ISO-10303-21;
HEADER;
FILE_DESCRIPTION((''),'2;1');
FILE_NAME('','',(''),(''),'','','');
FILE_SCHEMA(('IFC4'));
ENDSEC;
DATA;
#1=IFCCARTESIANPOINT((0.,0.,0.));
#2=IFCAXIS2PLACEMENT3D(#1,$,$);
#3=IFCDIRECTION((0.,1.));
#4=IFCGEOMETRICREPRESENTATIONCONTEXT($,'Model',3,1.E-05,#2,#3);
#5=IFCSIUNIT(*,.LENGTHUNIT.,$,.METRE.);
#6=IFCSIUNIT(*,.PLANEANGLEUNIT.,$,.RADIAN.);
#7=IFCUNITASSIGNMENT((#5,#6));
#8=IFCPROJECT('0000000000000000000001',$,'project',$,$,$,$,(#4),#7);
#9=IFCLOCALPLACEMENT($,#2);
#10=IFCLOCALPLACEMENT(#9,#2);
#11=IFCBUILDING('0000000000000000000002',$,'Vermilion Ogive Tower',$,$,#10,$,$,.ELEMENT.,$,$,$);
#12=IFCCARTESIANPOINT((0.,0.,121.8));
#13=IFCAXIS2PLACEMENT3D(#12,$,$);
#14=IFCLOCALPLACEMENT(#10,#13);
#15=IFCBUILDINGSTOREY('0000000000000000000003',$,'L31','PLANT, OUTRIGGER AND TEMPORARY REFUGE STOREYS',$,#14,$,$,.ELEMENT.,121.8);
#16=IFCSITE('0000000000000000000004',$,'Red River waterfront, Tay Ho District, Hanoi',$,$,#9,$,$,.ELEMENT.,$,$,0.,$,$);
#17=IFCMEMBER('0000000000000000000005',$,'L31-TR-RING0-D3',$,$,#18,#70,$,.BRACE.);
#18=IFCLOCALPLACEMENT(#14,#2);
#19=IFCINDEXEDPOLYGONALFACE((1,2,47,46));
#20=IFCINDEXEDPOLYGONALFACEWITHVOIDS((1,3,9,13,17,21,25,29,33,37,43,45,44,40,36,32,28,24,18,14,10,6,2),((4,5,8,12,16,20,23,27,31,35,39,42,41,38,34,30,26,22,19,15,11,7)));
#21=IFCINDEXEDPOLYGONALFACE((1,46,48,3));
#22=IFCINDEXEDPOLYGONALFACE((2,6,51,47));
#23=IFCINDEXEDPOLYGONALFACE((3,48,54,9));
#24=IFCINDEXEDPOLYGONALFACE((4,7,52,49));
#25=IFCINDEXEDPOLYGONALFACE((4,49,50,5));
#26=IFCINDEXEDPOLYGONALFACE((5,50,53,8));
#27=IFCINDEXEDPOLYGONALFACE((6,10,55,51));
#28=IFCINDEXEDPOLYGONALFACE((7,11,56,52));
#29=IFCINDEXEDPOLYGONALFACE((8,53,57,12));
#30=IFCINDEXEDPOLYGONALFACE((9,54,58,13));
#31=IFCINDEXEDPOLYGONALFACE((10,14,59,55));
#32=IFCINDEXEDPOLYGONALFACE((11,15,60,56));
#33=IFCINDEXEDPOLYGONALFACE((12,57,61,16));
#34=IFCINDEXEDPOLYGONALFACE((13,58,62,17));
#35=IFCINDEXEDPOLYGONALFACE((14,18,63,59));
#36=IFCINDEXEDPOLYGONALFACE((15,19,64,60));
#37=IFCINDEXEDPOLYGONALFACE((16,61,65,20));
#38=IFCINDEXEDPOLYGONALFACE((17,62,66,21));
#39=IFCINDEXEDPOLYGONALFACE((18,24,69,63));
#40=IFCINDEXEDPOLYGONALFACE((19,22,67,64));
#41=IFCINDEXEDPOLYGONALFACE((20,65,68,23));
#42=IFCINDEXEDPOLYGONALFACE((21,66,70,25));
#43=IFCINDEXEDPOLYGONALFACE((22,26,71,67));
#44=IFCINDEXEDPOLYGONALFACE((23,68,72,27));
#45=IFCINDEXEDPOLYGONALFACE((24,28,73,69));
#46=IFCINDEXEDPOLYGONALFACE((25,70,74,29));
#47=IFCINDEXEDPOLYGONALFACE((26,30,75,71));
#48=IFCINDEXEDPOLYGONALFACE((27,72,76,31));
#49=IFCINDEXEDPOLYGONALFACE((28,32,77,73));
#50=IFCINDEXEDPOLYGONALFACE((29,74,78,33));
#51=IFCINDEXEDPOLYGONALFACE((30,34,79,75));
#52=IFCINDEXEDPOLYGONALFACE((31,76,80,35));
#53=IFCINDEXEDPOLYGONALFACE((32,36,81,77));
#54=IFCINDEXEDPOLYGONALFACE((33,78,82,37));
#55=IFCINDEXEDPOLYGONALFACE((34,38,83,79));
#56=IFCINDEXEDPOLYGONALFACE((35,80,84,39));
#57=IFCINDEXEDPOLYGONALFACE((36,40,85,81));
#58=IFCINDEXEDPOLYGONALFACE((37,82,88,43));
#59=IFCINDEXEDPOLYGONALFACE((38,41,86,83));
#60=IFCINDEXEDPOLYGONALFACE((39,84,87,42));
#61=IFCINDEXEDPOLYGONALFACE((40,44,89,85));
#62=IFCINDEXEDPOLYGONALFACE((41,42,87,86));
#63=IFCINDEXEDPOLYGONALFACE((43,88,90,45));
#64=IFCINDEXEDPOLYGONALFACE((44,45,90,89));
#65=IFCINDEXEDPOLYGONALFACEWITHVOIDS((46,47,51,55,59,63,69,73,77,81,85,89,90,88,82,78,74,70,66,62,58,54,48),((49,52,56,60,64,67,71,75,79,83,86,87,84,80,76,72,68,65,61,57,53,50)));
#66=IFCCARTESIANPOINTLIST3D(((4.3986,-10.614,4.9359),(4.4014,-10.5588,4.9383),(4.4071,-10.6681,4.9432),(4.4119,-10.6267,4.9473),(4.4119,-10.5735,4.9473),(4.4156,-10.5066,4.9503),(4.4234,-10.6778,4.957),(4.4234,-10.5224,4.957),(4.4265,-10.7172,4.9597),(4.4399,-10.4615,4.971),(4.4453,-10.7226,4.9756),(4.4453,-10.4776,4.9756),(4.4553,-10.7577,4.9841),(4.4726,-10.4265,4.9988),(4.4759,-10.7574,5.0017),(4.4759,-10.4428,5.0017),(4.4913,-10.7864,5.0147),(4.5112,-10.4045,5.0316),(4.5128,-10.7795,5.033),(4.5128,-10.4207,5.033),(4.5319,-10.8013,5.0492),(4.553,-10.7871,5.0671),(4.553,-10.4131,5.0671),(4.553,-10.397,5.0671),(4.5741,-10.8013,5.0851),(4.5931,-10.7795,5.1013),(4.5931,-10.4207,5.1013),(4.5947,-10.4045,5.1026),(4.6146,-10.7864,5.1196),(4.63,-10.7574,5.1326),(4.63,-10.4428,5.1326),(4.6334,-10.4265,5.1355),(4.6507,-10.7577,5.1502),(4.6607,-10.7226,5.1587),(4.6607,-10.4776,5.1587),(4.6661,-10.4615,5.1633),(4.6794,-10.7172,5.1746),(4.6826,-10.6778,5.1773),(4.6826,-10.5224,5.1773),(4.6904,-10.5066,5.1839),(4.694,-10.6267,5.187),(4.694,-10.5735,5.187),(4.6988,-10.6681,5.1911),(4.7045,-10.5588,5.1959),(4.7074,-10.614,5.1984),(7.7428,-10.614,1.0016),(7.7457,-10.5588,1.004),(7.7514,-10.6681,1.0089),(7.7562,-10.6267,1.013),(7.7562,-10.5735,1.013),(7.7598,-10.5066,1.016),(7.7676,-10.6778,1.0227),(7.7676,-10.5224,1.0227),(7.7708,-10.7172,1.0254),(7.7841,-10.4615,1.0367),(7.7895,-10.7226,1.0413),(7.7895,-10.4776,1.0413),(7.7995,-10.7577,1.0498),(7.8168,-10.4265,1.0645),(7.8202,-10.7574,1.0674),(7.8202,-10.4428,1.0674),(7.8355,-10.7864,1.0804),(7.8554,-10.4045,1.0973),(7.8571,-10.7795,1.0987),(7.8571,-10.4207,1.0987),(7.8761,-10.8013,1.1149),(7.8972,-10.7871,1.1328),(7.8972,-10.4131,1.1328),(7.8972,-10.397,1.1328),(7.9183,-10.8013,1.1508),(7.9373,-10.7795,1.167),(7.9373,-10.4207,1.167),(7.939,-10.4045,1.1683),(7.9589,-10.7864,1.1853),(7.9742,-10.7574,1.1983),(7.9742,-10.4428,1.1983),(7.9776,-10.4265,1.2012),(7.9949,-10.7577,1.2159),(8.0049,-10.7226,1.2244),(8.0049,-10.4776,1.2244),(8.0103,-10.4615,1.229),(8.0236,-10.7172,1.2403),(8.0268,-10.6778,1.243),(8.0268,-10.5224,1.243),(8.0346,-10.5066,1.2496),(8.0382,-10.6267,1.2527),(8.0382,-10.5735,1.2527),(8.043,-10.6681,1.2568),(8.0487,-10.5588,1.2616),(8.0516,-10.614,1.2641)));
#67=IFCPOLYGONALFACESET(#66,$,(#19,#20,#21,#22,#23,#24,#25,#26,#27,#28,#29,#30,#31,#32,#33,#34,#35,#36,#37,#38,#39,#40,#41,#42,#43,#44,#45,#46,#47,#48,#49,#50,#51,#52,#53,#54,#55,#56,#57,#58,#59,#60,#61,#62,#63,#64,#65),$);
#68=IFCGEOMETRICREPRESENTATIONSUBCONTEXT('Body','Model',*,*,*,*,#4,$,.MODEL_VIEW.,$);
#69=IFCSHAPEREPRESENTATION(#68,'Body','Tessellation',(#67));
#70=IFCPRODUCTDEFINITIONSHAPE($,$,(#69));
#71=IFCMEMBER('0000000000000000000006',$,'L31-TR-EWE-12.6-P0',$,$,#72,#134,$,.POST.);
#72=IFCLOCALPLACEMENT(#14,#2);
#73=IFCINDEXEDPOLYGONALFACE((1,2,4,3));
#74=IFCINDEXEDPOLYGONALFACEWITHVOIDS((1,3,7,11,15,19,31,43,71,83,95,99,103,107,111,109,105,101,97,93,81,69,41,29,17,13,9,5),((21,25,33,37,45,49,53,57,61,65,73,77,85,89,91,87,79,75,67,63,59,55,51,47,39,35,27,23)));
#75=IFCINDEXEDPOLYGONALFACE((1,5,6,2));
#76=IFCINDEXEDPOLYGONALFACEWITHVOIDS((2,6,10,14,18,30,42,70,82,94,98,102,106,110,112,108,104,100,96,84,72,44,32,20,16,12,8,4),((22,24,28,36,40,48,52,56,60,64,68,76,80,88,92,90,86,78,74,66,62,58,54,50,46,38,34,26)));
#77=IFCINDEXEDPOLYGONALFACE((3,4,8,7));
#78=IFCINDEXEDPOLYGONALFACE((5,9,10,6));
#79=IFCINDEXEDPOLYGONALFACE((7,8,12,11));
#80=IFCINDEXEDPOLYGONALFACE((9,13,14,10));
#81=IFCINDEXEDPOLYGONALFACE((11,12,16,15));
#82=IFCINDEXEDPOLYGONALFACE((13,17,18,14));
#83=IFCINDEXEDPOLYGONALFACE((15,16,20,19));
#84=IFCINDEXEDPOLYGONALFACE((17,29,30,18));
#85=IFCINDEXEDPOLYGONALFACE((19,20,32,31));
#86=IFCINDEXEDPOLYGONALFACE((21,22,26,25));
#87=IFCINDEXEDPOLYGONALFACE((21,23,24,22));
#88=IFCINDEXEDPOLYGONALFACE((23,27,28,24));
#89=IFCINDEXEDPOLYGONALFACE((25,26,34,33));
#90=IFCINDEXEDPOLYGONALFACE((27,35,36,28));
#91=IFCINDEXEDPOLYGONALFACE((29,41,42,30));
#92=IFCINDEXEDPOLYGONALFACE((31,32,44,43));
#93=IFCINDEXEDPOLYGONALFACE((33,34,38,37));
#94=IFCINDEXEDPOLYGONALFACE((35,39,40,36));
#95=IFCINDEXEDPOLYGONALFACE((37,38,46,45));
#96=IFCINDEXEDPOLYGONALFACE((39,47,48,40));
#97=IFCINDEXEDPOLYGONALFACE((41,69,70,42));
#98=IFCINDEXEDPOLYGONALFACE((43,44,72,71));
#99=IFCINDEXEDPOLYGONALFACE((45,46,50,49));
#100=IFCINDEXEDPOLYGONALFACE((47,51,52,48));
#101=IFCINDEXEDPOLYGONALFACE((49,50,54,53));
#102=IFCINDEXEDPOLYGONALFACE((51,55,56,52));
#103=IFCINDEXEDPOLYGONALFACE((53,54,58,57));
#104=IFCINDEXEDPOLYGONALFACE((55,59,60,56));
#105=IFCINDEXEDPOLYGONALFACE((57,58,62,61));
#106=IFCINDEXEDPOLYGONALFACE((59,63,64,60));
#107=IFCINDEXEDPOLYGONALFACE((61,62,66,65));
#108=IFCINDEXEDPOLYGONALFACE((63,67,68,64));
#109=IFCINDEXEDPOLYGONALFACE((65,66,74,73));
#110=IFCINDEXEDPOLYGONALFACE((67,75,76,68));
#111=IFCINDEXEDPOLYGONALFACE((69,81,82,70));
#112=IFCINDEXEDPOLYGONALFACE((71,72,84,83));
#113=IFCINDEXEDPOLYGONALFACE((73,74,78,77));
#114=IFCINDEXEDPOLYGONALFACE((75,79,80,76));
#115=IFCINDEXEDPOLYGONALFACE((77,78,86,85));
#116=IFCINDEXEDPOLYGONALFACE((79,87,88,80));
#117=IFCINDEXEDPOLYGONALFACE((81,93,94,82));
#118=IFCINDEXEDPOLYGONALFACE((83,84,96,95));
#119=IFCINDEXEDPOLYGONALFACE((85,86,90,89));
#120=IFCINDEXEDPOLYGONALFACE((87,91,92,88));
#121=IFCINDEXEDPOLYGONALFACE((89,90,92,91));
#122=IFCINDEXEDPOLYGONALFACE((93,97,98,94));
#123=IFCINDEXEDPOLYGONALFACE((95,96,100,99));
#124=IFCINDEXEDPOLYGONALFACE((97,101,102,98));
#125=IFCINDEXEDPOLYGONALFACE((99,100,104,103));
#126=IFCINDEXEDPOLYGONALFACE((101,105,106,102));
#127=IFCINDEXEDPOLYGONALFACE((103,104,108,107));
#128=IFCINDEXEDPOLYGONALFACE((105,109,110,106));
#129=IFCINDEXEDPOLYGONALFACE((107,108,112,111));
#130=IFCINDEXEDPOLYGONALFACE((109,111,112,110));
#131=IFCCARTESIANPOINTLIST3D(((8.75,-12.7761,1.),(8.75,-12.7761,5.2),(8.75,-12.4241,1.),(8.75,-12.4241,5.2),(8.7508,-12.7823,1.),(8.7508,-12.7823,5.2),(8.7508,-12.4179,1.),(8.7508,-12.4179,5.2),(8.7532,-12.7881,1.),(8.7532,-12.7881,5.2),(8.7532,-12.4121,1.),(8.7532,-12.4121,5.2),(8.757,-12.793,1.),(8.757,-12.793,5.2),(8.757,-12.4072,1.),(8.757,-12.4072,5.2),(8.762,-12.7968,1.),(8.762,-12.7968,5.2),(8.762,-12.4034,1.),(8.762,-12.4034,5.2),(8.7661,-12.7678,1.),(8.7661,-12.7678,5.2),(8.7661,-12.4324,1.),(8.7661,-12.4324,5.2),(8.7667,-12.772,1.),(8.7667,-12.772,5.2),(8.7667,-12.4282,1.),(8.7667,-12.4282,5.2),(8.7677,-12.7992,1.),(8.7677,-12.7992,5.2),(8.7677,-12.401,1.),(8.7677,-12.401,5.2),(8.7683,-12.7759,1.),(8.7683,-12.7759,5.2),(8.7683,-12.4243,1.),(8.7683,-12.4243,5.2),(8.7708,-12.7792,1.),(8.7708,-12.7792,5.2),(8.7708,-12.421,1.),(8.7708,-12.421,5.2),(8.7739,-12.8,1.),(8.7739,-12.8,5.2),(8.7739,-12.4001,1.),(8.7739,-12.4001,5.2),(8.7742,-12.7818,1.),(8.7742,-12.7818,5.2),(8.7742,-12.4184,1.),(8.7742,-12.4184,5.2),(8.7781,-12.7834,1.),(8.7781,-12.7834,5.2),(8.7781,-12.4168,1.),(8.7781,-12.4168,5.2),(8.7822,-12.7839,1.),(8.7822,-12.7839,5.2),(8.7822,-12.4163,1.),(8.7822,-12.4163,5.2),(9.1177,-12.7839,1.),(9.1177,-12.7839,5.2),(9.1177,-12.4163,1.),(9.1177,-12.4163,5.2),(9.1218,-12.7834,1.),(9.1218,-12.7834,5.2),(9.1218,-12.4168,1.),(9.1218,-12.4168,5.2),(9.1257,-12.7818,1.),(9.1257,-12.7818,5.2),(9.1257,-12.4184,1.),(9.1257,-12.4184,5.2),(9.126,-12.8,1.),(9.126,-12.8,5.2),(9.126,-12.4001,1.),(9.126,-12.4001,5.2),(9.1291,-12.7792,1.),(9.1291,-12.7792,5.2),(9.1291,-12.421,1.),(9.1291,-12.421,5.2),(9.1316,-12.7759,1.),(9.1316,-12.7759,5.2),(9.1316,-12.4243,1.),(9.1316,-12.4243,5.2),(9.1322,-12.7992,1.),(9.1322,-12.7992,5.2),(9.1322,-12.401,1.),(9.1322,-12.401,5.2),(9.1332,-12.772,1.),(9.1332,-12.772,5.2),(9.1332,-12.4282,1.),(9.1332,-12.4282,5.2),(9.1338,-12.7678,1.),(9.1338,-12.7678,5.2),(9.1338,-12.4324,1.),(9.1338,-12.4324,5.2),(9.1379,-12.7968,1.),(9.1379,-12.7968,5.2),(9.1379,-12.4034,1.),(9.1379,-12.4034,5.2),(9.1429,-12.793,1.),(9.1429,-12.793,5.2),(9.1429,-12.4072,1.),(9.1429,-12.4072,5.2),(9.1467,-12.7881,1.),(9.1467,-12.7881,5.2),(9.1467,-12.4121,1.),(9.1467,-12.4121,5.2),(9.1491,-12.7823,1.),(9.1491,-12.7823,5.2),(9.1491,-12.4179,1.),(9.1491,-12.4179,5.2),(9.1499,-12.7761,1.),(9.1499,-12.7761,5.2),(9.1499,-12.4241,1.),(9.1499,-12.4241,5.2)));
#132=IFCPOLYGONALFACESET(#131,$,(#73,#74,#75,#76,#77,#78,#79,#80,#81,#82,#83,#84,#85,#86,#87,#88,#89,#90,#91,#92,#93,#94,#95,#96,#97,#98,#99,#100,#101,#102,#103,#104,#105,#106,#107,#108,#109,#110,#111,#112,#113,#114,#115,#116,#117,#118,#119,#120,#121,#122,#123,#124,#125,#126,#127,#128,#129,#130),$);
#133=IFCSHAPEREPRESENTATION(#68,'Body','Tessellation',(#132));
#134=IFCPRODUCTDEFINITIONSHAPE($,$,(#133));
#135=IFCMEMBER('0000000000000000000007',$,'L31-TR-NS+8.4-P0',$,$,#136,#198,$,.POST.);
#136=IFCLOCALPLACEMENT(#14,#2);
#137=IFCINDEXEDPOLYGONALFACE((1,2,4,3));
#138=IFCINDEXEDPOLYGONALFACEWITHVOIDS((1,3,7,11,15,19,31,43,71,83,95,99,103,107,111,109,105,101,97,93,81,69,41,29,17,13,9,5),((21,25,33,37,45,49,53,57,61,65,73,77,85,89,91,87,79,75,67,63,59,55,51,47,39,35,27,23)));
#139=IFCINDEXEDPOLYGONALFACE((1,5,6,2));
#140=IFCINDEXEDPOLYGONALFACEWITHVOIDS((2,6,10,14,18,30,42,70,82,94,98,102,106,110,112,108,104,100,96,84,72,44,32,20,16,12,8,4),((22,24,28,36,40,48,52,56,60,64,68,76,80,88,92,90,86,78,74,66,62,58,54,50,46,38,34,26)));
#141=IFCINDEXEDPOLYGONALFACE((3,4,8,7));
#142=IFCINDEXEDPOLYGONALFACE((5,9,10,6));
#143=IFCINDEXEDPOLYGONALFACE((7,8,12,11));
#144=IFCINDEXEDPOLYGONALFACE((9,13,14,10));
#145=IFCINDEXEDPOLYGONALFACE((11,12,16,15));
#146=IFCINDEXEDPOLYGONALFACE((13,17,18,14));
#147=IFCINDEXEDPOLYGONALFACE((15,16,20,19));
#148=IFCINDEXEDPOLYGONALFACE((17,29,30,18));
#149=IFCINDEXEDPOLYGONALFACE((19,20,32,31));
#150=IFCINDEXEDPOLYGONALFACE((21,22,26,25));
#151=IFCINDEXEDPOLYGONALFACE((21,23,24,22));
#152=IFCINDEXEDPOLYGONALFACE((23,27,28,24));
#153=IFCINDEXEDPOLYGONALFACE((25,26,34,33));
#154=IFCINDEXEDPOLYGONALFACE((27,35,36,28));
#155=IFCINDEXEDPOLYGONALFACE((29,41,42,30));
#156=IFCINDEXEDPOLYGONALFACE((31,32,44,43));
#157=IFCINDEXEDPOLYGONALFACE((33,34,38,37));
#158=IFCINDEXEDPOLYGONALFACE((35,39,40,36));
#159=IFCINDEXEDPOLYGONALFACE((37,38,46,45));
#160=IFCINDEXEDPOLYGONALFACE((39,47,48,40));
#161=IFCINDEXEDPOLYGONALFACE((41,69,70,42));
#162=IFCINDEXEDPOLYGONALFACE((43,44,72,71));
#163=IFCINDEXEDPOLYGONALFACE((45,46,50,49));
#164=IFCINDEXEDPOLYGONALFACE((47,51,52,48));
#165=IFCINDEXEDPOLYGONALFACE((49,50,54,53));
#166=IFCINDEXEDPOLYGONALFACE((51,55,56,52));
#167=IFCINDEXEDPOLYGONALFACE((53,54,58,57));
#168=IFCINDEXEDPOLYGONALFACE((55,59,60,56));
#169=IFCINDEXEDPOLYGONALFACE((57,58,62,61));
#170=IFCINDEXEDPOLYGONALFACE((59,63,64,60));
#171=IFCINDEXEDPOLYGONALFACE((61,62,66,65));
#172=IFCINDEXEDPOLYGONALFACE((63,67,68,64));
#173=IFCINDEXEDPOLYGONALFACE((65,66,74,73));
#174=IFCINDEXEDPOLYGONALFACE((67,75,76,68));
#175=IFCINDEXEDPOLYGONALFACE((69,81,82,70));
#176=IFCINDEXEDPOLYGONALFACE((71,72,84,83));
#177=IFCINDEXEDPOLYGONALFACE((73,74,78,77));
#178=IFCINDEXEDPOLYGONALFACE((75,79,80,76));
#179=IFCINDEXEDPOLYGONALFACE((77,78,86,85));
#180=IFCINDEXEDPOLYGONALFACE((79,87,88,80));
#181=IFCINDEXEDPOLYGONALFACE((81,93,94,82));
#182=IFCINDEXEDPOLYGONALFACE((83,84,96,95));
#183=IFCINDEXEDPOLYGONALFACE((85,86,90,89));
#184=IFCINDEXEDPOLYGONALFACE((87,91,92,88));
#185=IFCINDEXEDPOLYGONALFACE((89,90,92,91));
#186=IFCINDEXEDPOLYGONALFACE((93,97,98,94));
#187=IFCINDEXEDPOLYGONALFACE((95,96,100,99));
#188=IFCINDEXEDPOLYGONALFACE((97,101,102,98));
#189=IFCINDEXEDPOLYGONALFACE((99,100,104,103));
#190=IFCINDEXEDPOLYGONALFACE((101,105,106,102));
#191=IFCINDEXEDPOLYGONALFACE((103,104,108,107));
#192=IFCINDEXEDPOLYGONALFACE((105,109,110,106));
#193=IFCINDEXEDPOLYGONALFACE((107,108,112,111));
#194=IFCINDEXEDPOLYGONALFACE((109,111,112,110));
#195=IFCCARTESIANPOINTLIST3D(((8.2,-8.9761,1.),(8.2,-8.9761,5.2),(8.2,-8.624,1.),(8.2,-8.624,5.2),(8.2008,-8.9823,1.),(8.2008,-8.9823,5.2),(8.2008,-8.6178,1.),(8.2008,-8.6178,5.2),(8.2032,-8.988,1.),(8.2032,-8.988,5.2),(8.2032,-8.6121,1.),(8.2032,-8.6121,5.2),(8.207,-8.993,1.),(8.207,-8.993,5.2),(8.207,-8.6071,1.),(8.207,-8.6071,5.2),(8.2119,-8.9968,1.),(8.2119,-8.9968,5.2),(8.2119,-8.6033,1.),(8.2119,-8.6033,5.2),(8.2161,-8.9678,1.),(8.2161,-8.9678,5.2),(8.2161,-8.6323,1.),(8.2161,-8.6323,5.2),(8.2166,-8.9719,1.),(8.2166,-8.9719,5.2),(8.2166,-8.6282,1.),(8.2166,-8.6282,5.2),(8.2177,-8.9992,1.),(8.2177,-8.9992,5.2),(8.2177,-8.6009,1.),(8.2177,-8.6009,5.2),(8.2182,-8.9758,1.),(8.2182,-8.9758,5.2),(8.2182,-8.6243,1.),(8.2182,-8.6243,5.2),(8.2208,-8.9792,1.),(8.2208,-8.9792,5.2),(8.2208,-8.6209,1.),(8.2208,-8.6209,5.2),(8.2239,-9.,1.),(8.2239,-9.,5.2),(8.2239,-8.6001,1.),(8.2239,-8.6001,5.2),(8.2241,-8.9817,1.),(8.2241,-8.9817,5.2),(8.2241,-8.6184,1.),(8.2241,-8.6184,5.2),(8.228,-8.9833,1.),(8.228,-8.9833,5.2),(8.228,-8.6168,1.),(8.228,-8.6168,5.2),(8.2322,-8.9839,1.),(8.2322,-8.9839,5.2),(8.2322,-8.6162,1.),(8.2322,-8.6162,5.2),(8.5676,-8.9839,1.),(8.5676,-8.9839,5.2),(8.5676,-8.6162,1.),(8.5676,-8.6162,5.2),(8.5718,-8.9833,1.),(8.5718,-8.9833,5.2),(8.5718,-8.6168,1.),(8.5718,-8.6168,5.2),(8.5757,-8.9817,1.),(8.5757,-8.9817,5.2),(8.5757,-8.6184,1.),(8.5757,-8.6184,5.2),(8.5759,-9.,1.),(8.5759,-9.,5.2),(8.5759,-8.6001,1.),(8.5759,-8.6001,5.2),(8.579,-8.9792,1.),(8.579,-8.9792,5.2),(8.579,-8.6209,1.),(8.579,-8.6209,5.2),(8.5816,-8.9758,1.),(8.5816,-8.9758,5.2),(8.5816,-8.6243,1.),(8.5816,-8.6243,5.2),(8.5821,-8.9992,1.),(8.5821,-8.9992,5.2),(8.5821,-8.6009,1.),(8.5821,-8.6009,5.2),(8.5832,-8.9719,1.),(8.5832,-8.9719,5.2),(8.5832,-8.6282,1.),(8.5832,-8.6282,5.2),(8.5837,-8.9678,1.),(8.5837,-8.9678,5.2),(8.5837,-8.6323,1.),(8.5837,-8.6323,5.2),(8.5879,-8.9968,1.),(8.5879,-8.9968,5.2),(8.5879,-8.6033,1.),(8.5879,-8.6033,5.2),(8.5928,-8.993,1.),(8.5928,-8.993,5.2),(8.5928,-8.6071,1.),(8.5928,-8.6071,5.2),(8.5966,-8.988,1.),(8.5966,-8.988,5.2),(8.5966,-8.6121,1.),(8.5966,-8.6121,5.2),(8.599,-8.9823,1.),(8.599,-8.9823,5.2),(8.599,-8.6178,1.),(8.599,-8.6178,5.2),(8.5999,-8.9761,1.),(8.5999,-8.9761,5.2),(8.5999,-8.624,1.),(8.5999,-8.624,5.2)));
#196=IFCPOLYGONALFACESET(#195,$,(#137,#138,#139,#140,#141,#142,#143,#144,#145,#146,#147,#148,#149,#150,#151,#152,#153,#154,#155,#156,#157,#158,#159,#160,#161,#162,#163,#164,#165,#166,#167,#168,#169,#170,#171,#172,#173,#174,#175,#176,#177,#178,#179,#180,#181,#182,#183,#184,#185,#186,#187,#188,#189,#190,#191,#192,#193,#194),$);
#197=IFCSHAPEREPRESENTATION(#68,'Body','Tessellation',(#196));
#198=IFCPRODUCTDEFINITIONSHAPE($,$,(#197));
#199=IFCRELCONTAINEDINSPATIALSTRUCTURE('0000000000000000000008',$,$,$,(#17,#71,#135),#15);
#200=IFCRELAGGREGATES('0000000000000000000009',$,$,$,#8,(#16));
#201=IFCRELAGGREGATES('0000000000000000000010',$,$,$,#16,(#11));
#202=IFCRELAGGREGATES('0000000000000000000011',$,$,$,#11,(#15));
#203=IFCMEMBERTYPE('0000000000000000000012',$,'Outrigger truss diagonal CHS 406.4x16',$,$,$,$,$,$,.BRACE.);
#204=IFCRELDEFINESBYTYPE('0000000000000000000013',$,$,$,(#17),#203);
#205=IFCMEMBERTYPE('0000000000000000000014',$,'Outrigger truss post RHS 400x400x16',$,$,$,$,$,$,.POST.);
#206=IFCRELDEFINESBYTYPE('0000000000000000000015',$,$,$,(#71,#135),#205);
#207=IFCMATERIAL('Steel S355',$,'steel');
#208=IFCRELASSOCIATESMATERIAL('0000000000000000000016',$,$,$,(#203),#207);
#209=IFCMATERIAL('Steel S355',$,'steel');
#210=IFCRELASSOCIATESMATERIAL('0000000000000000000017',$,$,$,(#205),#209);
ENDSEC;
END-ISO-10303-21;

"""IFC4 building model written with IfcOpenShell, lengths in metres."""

from ifc_helpers import new_model, si_unit, direction, frame, origin, origin_2d, place, context, subcontext, project, spatial, hollow_rectangle, hollow_circle, extrude, material, material_profile, profile_set, type_object, element, save


model = new_model("IFC4")

# Units and contexts
model_context = context("Model", 3, precision=1e-05, world=origin(), true_north=direction((0.0, 1.0)))
body_context = subcontext(model_context, "Body", "Model", "MODEL_VIEW")
ifc_project = project(units=[si_unit("LENGTHUNIT", "METRE"), si_unit("PLANEANGLEUNIT", "RADIAN")], contexts=[model_context])

# Site, building, storey
site_placement = place(None, origin())
site = spatial("IfcSite", under=ifc_project, at=site_placement, Name="Red River waterfront, Tay Ho District, Hanoi", CompositionType="ELEMENT", RefElevation=0.0)
building_placement = place(site_placement, origin())
building = spatial("IfcBuilding", under=site, at=building_placement, Name="Vermilion Ogive Tower", CompositionType="ELEMENT")
storey_placement = place(building_placement, frame((0.0, 0.0, 121.8)))
storey = spatial("IfcBuildingStorey", under=building, at=storey_placement, Name="L31", Description="PLANT, OUTRIGGER AND TEMPORARY REFUGE STOREYS", CompositionType="ELEMENT", Elevation=121.8)

# Members
ifc_material_1 = material(Name="Steel S355", Category="steel")
ifc_material_profile_1 = material_profile(ifc_material_1, hollow_circle(Radius=0.2031, WallThickness=0.0161, at=origin_2d()), Name="CHS 406.4x16")
ifc_profile_set_1 = profile_set([ifc_material_profile_1], Name="Steel S355")
member_type_1 = type_object("IfcMemberType", Name="Outrigger truss diagonal CHS 406.4x16", PredefinedType="BRACE", material=ifc_profile_set_1)
member_1_placement = place(storey_placement, frame((4.553, -10.6001, 5.0671), z_axis=(0.647655, 0.0, -0.761933), x_axis=(0.0, 1.0, 0.0)))
element("IfcMember", 1, at=member_1_placement, inside=storey, type_object=member_type_1, Name="L31-TR-RING0-D3", PredefinedType="BRACE", context=body_context, shape_type="SweptSolid", body=[
    extrude(hollow_circle(Radius=0.2031, WallThickness=0.0161, at=origin_2d()), origin(), (0.0, 0.0, 1.0), 5.1636),
])
ifc_material_2 = material(Name="Steel S355", Category="steel")
ifc_material_profile_2 = material_profile(ifc_material_2, hollow_rectangle(XDim=0.3999, YDim=0.3999, WallThickness=0.0161, InnerFilletRadius=0.0161, OuterFilletRadius=0.0239, at=origin_2d()), Name="RHS 400x400x16")
ifc_profile_set_2 = profile_set([ifc_material_profile_2], Name="Steel S355")
member_type_2 = type_object("IfcMemberType", Name="Outrigger truss post RHS 400x400x16", PredefinedType="POST", material=ifc_profile_set_2)
for number, where, z_axis, x_axis, name in (
    (2, (8.95, -12.6001, 1.0), (0.0, 0.0, 1.0), (1.0, 0.0, 0.0), "L31-TR-EWE-12.6-P0"),
    (3, (8.3999, -8.8, 1.0), (0.0, 0.0, 1.0), (1.0, 0.0, 0.0), "L31-TR-NS+8.4-P0"),
):
    element("IfcMember", number, at=place(storey_placement, frame(where, z_axis=z_axis, x_axis=x_axis)), inside=storey, type_object=member_type_2, Name=name, PredefinedType="POST", context=body_context, shape_type="SweptSolid", body=[
        extrude(hollow_rectangle(XDim=0.3999, YDim=0.3999, WallThickness=0.0161, InnerFilletRadius=0.0161, OuterFilletRadius=0.0239, at=origin_2d()), origin(), (0.0, 0.0, 1.0), 4.2),
    ])

save(model, "model.ifc")
